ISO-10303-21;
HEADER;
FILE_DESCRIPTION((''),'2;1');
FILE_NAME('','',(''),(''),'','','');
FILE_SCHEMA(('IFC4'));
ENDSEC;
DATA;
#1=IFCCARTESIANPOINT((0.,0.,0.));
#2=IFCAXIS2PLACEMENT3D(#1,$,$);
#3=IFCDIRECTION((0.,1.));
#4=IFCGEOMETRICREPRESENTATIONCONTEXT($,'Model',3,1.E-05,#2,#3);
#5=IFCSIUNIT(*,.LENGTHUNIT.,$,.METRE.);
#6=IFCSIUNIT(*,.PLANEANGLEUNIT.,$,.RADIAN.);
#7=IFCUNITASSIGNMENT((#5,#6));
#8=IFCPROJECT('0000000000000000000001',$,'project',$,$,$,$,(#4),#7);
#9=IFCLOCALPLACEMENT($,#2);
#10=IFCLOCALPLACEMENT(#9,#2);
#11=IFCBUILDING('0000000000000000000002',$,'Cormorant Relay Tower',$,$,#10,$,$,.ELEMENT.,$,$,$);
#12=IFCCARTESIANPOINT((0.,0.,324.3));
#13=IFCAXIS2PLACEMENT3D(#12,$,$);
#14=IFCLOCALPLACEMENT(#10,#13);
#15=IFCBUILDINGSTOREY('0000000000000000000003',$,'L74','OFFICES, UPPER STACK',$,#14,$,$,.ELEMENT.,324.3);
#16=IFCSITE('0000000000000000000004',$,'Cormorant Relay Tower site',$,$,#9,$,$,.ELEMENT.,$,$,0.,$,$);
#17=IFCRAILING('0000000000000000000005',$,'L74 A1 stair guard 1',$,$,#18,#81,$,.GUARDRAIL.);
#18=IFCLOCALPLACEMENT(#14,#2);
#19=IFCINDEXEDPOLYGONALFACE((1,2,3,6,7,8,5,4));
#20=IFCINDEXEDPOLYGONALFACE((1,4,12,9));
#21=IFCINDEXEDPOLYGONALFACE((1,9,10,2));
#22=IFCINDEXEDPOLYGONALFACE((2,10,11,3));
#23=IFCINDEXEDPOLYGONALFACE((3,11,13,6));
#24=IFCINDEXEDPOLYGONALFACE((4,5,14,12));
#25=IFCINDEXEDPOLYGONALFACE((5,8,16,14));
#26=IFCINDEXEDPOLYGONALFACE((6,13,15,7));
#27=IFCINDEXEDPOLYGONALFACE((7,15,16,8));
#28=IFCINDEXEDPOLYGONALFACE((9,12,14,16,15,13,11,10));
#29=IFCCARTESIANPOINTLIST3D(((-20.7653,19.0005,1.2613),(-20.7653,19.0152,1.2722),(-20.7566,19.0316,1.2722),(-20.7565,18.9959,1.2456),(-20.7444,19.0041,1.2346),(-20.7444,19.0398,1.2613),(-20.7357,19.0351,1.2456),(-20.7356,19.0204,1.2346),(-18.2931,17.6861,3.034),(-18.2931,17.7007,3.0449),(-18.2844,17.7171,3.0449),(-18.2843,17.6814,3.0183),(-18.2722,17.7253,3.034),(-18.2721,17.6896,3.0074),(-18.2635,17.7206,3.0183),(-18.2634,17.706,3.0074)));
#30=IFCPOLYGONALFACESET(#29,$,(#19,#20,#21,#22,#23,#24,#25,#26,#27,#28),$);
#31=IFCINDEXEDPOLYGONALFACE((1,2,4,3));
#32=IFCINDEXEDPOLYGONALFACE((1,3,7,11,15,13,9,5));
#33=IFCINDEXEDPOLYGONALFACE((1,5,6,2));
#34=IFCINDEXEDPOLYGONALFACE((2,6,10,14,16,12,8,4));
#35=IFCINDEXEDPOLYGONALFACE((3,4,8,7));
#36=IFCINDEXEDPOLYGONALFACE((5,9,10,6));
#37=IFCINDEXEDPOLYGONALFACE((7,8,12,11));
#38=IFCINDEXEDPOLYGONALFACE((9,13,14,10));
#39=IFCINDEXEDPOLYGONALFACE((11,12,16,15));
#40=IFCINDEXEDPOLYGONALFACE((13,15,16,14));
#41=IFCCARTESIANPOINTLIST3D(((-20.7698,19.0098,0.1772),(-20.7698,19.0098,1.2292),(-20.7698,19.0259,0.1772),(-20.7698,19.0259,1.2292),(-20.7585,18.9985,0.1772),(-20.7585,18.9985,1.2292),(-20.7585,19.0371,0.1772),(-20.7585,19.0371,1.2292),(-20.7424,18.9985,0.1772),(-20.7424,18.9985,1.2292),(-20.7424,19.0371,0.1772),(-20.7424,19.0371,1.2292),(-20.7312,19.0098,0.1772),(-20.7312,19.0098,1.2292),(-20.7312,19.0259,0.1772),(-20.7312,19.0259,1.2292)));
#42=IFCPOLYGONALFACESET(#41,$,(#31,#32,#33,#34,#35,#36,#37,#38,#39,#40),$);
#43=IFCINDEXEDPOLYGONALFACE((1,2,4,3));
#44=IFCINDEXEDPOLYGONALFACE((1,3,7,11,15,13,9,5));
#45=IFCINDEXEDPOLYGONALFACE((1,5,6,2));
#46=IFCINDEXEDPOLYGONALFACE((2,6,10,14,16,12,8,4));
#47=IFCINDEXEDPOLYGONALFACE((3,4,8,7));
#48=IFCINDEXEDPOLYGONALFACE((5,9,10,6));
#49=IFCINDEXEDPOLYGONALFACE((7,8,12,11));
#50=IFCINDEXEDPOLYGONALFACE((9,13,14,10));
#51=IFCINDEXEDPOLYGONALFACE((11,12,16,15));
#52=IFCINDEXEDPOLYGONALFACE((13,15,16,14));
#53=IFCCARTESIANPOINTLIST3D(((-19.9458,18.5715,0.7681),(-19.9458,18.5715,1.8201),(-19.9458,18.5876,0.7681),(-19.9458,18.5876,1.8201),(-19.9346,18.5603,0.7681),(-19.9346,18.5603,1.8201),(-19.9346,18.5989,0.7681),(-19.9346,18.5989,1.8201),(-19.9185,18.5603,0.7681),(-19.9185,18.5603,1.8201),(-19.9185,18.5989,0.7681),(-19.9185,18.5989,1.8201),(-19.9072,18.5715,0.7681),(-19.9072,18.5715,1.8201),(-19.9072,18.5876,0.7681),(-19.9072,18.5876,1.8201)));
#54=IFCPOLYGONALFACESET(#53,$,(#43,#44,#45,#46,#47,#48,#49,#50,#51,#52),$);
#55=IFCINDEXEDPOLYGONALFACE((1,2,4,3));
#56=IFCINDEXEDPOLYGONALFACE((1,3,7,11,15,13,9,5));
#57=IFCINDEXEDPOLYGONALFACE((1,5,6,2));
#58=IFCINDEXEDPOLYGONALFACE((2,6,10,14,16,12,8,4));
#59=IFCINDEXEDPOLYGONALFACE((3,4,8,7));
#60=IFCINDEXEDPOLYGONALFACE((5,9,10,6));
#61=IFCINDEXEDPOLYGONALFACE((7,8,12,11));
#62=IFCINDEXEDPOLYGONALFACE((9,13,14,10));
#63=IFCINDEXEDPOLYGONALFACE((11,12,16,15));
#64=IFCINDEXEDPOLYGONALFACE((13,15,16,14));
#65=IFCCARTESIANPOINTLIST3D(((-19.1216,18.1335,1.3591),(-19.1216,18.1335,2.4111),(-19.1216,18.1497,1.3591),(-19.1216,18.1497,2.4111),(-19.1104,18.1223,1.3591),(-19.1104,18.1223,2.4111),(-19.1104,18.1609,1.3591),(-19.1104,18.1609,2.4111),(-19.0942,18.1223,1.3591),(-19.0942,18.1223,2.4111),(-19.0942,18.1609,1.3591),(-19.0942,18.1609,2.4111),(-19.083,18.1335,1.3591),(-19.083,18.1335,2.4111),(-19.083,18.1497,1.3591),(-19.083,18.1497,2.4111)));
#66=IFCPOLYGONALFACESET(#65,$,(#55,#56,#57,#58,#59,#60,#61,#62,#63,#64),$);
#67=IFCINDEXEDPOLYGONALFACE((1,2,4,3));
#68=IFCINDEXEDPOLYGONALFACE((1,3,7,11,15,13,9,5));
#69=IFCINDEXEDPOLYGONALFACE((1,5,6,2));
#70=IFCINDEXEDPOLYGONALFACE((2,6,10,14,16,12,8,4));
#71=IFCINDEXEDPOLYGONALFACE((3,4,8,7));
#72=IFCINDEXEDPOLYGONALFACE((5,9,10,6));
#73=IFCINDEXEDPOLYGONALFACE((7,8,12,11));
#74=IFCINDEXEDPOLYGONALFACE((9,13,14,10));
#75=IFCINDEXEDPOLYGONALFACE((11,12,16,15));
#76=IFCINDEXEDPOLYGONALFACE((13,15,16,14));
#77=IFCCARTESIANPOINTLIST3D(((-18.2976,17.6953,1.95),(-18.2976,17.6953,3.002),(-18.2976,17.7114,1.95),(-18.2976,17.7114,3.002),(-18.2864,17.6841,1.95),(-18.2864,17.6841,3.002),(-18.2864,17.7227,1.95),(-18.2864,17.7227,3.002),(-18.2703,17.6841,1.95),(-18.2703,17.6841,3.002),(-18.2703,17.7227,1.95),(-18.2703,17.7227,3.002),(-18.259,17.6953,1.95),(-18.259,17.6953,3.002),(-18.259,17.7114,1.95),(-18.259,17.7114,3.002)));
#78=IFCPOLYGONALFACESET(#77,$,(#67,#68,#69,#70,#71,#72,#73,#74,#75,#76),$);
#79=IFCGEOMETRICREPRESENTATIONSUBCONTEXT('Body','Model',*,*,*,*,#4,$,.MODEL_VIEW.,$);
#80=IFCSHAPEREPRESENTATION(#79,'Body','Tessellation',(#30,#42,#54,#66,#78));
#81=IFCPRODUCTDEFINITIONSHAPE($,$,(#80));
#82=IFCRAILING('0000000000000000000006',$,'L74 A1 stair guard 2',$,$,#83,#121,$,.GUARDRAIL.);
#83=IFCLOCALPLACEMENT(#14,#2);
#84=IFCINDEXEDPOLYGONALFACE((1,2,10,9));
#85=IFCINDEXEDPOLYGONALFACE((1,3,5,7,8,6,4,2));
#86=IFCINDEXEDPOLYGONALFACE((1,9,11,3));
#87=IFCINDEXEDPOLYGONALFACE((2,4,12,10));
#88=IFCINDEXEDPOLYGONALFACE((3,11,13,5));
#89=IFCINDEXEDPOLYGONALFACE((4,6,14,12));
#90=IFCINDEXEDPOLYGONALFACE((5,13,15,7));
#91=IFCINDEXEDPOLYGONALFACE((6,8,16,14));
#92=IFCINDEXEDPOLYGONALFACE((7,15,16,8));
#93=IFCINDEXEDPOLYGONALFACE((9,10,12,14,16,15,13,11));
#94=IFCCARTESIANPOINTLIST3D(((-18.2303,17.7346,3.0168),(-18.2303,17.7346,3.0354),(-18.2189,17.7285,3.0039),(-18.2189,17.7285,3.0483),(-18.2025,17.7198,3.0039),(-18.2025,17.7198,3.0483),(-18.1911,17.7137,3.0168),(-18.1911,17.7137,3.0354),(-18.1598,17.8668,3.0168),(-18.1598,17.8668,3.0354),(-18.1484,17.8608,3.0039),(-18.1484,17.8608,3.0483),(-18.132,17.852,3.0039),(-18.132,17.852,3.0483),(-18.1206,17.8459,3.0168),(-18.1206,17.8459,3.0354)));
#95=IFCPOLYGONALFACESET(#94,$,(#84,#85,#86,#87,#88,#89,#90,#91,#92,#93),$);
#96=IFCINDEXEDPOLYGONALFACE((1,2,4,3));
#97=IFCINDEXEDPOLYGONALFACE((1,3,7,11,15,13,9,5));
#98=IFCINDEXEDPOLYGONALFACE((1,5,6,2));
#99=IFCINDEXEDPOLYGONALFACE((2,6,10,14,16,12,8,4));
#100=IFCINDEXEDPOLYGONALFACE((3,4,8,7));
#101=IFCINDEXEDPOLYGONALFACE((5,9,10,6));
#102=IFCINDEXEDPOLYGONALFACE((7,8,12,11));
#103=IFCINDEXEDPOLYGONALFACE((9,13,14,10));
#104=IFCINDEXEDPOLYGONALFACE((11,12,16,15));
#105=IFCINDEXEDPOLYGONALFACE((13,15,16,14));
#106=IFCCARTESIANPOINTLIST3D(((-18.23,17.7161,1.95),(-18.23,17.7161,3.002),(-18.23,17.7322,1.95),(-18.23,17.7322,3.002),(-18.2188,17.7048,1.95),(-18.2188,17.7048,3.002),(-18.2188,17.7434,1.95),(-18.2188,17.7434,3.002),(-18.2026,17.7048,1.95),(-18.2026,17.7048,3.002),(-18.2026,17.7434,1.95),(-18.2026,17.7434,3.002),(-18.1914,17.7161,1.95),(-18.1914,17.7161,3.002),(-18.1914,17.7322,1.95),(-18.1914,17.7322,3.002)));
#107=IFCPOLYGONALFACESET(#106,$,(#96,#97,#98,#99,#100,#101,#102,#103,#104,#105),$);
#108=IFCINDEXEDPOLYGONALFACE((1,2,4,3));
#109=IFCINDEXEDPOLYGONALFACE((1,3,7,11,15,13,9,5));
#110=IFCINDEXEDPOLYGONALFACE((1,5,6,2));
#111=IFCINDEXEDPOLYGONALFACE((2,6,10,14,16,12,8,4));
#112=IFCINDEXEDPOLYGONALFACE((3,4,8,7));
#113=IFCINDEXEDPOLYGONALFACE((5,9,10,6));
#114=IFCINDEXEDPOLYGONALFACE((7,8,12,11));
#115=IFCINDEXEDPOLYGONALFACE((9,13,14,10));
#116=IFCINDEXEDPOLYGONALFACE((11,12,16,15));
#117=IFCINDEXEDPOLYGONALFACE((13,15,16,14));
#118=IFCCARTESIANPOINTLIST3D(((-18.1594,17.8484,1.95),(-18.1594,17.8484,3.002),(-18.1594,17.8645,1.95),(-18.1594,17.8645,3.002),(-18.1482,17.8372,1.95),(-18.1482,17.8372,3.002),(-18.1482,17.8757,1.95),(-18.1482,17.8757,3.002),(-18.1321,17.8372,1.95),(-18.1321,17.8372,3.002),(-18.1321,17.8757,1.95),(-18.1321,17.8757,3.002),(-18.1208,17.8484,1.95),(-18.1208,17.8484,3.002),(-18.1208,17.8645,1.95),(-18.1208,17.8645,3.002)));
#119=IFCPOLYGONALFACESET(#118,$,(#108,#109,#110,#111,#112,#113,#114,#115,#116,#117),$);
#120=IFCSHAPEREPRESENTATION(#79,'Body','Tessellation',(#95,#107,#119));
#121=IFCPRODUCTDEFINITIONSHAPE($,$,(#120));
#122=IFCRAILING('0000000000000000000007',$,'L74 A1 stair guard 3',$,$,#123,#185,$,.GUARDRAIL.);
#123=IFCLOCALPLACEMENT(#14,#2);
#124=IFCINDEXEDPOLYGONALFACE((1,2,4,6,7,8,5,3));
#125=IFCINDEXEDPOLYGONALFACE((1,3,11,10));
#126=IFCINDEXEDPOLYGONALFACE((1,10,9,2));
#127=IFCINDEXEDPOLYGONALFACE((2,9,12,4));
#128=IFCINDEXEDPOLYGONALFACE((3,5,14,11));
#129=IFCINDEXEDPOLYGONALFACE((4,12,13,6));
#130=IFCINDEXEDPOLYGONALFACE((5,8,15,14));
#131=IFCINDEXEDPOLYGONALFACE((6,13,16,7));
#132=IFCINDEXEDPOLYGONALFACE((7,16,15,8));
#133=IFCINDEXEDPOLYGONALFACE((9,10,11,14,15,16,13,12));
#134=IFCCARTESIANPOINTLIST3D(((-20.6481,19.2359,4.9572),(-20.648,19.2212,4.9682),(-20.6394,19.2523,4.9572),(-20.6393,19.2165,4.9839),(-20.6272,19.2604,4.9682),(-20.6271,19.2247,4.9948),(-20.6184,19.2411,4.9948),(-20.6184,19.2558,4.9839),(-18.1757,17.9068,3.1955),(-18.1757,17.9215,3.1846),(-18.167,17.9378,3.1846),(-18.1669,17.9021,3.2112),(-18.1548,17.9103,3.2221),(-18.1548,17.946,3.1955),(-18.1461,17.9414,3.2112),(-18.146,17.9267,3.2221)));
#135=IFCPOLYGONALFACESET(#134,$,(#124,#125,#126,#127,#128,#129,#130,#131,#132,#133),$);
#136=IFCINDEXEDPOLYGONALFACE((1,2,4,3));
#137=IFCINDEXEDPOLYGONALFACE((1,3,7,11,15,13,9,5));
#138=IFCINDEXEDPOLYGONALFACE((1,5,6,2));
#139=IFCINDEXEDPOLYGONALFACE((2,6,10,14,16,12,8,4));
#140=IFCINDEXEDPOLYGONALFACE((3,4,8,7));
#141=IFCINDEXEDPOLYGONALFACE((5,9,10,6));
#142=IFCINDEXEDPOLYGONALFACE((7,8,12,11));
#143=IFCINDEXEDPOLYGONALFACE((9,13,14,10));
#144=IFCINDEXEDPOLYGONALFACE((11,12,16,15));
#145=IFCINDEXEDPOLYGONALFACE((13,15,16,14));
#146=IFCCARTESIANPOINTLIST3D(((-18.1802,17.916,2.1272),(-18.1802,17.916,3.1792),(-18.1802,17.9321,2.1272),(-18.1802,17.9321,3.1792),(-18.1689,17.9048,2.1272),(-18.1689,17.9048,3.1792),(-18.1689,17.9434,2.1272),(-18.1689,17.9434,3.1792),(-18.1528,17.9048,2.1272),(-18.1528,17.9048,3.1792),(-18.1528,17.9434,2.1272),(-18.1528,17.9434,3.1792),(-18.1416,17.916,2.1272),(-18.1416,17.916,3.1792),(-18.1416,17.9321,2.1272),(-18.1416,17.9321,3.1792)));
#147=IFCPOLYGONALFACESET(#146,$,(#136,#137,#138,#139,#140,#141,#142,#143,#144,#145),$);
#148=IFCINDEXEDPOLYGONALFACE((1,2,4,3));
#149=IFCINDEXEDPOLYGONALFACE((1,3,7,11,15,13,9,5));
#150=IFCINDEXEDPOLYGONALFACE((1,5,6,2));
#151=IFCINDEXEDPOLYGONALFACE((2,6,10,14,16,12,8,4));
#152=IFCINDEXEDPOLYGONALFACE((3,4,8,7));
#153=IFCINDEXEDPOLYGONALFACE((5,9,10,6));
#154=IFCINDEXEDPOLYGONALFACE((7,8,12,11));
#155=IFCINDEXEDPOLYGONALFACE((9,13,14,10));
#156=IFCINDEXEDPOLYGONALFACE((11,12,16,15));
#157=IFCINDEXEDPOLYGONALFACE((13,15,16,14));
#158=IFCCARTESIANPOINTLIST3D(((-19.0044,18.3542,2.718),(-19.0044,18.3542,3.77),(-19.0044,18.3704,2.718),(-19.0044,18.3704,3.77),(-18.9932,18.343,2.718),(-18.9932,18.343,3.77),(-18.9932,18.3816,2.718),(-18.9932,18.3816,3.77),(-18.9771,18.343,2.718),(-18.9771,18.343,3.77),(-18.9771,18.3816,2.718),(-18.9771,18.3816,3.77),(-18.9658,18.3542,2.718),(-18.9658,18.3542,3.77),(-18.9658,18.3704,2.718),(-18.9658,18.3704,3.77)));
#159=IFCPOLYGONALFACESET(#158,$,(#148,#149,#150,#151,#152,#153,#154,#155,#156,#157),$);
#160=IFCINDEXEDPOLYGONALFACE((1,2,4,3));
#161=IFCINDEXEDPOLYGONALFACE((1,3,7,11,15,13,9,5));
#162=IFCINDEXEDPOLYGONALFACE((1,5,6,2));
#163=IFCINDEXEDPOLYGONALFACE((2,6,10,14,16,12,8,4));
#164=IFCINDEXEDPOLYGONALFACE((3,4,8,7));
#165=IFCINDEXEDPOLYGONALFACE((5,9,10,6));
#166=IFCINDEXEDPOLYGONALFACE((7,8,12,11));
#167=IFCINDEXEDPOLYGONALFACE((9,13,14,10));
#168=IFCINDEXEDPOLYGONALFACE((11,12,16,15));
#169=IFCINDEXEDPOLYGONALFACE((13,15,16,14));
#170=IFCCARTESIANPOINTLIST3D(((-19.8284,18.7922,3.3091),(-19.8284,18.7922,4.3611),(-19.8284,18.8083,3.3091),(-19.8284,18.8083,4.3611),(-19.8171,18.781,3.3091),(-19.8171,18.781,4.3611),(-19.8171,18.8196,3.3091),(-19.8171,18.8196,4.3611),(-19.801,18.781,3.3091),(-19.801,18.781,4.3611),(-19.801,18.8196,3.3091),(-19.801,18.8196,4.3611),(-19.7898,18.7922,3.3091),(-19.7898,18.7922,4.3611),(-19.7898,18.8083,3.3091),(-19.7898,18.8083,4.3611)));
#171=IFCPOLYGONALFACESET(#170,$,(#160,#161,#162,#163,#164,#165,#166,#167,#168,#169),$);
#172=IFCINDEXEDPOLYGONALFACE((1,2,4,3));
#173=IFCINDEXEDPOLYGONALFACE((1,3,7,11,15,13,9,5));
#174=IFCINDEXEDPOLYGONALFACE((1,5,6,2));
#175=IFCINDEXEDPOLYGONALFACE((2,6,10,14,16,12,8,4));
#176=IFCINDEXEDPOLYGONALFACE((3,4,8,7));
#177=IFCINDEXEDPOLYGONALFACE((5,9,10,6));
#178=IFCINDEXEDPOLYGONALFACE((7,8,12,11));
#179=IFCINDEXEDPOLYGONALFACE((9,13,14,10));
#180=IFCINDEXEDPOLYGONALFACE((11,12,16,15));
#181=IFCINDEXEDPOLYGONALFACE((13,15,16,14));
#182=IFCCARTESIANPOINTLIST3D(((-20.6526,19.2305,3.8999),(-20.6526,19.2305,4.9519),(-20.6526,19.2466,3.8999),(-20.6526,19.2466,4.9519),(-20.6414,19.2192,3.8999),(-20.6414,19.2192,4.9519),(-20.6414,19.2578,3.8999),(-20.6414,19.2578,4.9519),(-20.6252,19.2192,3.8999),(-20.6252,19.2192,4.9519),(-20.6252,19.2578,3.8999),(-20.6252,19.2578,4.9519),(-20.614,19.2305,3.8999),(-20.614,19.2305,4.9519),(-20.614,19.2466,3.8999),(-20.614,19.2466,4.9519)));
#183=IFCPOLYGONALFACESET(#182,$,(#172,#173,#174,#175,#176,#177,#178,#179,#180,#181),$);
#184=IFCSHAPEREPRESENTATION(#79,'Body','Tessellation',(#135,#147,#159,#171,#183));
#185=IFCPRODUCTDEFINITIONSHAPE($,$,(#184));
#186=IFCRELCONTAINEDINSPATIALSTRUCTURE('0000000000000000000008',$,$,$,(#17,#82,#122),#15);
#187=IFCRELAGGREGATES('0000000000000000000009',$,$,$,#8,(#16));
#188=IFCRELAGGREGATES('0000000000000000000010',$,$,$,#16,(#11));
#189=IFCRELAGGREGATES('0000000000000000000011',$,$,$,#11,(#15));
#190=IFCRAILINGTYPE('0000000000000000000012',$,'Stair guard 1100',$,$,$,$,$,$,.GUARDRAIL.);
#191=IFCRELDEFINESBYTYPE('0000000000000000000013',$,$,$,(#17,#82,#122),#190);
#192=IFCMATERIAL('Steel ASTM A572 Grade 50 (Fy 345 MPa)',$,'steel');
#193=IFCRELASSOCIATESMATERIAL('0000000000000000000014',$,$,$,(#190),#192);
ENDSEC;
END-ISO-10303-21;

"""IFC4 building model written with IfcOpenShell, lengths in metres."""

from ifc_helpers import new_model, si_unit, direction, frame, origin, place, context, subcontext, project, spatial, polyline, outline, extrude, material, type_object, element, save


model = new_model("IFC4")

# Units and contexts
model_context = context("Model", 3, precision=1e-05, world=origin(), true_north=direction((0.0, 1.0)))
body_context = subcontext(model_context, "Body", "Model", "MODEL_VIEW")
ifc_project = project(units=[si_unit("LENGTHUNIT", "METRE"), si_unit("PLANEANGLEUNIT", "RADIAN")], contexts=[model_context])

# Site, building, storey
site_placement = place(None, origin())
site = spatial("IfcSite", under=ifc_project, at=site_placement, Name="Cormorant Relay Tower site", CompositionType="ELEMENT", RefElevation=0.0)
building_placement = place(site_placement, origin())
building = spatial("IfcBuilding", under=site, at=building_placement, Name="Cormorant Relay Tower", CompositionType="ELEMENT")
storey_placement = place(building_placement, frame((0.0, 0.0, 324.3)))
storey = spatial("IfcBuildingStorey", under=building, at=storey_placement, Name="L74", Description="OFFICES, UPPER STACK", CompositionType="ELEMENT", Elevation=324.3)

# Railings
ifc_material_1 = material(Name="Steel ASTM A572 Grade 50 (Fy 345 MPa)", Category="steel")
railing_type_1 = type_object("IfcRailingType", Name="Stair guard 1100", PredefinedType="GUARDRAIL", material=ifc_material_1)
railing_1_placement = place(storey_placement, frame((-20.7505, 19.0178, 0.1772)))
element("IfcRailing", 1, at=railing_1_placement, inside=storey, type_object=railing_type_1, Name="L74 A1 stair guard 1", PredefinedType="GUARDRAIL", context=body_context, shape_type="SweptSolid", body=[
    extrude(outline(polyline([(0.0222, 0.0093), (0.0093, 0.0222), (-0.0093, 0.0222), (-0.0222, 0.0093), (-0.0222, -0.0093), (-0.0093, -0.0222), (0.0093, -0.0222), (0.0222, -0.0093), (0.0222, 0.0093)])), frame((0.0, 0.0, 1.0762), z_axis=(0.746001, -0.396649, 0.534931), x_axis=(0.469465, 0.882951, 0.0)), (0.0, 0.0, 1.0), 3.314),
    extrude(outline(polyline([(0.0193, 0.0081), (0.0081, 0.0193), (-0.0081, 0.0193), (-0.0193, 0.0081), (-0.0193, -0.0081), (-0.0081, -0.0193), (0.0081, -0.0193), (0.0193, -0.0081), (0.0193, 0.0081)])), origin(), (0.0, 0.0, 1.0), 1.052),
    extrude(outline(polyline([(0.0193, 0.0081), (0.0081, 0.0193), (-0.0081, 0.0193), (-0.0193, 0.0081), (-0.0193, -0.0081), (-0.0081, -0.0193), (0.0081, -0.0193), (0.0193, -0.0081), (0.0193, 0.0081)])), frame((0.824, -0.4382, 0.5908)), (0.0, 0.0, 1.0), 1.052),
    extrude(outline(polyline([(0.0193, 0.0081), (0.0081, 0.0193), (-0.0081, 0.0193), (-0.0193, 0.0081), (-0.0193, -0.0081), (-0.0081, -0.0193), (0.0081, -0.0193), (0.0193, -0.0081), (0.0193, 0.0081)])), frame((1.6482, -0.8762, 1.1819)), (0.0, 0.0, 1.0), 1.052),
    extrude(outline(polyline([(0.0193, 0.0081), (0.0081, 0.0193), (-0.0081, 0.0193), (-0.0193, 0.0081), (-0.0193, -0.0081), (-0.0081, -0.0193), (0.0081, -0.0193), (0.0193, -0.0081), (0.0193, 0.0081)])), frame((2.4722, -1.3145, 1.7727)), (0.0, 0.0, 1.0), 1.052),
])
railing_2_placement = place(storey_placement, frame((-18.2107, 17.7241, 1.95)))
element("IfcRailing", 2, at=railing_2_placement, inside=storey, type_object=railing_type_1, Name="L74 A1 stair guard 2", PredefinedType="GUARDRAIL", context=body_context, shape_type="SweptSolid", body=[
    extrude(outline(polyline([(0.0222, 0.0093), (0.0093, 0.0222), (-0.0093, 0.0222), (-0.0222, 0.0093), (-0.0222, -0.0093), (-0.0093, -0.0222), (0.0093, -0.0222), (0.0222, -0.0093), (0.0222, 0.0093)])), frame((0.0, 0.0, 1.0762), z_axis=(0.470504, 0.882398, 0.0), x_axis=(-0.882398, 0.470504, 0.0)), (0.0, 0.0, 1.0), 0.1499),
    extrude(outline(polyline([(0.0193, 0.0081), (0.0081, 0.0193), (-0.0081, 0.0193), (-0.0193, 0.0081), (-0.0193, -0.0081), (-0.0081, -0.0193), (0.0081, -0.0193), (0.0193, -0.0081), (0.0193, 0.0081)])), origin(), (0.0, 0.0, 1.0), 1.052),
    extrude(outline(polyline([(0.0193, 0.0081), (0.0081, 0.0193), (-0.0081, 0.0193), (-0.0193, 0.0081), (-0.0193, -0.0081), (-0.0081, -0.0193), (0.0081, -0.0193), (0.0193, -0.0081), (0.0193, 0.0081)])), frame((0.0706, 0.1323, 0.0)), (0.0, 0.0, 1.0), 1.052),
])
railing_3_placement = place(storey_placement, frame((-18.1609, 17.9241, 2.1272)))
element("IfcRailing", 3, at=railing_3_placement, inside=storey, type_object=railing_type_1, Name="L74 A1 stair guard 3", PredefinedType="GUARDRAIL", context=body_context, shape_type="SweptSolid", body=[
    extrude(outline(polyline([(0.0222, 0.0093), (0.0093, 0.0222), (-0.0093, 0.0222), (-0.0222, 0.0093), (-0.0222, -0.0093), (-0.0093, -0.0222), (0.0093, -0.0222), (0.0222, -0.0093), (0.0222, 0.0093)])), frame((0.0, 0.0, 1.0762), z_axis=(-0.746034, 0.396627, 0.534902), x_axis=(-0.469429, -0.88297, 0.0)), (0.0, 0.0, 1.0), 3.314),
    extrude(outline(polyline([(0.0193, 0.0081), (0.0081, 0.0193), (-0.0081, 0.0193), (-0.0193, 0.0081), (-0.0193, -0.0081), (-0.0081, -0.0193), (0.0081, -0.0193), (0.0193, -0.0081), (0.0193, 0.0081)])), origin(), (0.0, 0.0, 1.0), 1.052),
    extrude(outline(polyline([(0.0193, 0.0081), (0.0081, 0.0193), (-0.0081, 0.0193), (-0.0193, 0.0081), (-0.0193, -0.0081), (-0.0081, -0.0193), (0.0081, -0.0193), (0.0193, -0.0081), (0.0193, 0.0081)])), frame((-0.8242, 0.4382, 0.5908)), (0.0, 0.0, 1.0), 1.052),
    extrude(outline(polyline([(0.0193, 0.0081), (0.0081, 0.0193), (-0.0081, 0.0193), (-0.0193, 0.0081), (-0.0193, -0.0081), (-0.0081, -0.0193), (0.0081, -0.0193), (0.0193, -0.0081), (0.0193, 0.0081)])), frame((-1.6482, 0.8762, 1.1819)), (0.0, 0.0, 1.0), 1.052),
    extrude(outline(polyline([(0.0193, 0.0081), (0.0081, 0.0193), (-0.0081, 0.0193), (-0.0193, 0.0081), (-0.0193, -0.0081), (-0.0081, -0.0193), (0.0081, -0.0193), (0.0193, -0.0081), (0.0193, 0.0081)])), frame((-2.4724, 1.3145, 1.7727)), (0.0, 0.0, 1.0), 1.052),
])

save(model, "model.ifc")
